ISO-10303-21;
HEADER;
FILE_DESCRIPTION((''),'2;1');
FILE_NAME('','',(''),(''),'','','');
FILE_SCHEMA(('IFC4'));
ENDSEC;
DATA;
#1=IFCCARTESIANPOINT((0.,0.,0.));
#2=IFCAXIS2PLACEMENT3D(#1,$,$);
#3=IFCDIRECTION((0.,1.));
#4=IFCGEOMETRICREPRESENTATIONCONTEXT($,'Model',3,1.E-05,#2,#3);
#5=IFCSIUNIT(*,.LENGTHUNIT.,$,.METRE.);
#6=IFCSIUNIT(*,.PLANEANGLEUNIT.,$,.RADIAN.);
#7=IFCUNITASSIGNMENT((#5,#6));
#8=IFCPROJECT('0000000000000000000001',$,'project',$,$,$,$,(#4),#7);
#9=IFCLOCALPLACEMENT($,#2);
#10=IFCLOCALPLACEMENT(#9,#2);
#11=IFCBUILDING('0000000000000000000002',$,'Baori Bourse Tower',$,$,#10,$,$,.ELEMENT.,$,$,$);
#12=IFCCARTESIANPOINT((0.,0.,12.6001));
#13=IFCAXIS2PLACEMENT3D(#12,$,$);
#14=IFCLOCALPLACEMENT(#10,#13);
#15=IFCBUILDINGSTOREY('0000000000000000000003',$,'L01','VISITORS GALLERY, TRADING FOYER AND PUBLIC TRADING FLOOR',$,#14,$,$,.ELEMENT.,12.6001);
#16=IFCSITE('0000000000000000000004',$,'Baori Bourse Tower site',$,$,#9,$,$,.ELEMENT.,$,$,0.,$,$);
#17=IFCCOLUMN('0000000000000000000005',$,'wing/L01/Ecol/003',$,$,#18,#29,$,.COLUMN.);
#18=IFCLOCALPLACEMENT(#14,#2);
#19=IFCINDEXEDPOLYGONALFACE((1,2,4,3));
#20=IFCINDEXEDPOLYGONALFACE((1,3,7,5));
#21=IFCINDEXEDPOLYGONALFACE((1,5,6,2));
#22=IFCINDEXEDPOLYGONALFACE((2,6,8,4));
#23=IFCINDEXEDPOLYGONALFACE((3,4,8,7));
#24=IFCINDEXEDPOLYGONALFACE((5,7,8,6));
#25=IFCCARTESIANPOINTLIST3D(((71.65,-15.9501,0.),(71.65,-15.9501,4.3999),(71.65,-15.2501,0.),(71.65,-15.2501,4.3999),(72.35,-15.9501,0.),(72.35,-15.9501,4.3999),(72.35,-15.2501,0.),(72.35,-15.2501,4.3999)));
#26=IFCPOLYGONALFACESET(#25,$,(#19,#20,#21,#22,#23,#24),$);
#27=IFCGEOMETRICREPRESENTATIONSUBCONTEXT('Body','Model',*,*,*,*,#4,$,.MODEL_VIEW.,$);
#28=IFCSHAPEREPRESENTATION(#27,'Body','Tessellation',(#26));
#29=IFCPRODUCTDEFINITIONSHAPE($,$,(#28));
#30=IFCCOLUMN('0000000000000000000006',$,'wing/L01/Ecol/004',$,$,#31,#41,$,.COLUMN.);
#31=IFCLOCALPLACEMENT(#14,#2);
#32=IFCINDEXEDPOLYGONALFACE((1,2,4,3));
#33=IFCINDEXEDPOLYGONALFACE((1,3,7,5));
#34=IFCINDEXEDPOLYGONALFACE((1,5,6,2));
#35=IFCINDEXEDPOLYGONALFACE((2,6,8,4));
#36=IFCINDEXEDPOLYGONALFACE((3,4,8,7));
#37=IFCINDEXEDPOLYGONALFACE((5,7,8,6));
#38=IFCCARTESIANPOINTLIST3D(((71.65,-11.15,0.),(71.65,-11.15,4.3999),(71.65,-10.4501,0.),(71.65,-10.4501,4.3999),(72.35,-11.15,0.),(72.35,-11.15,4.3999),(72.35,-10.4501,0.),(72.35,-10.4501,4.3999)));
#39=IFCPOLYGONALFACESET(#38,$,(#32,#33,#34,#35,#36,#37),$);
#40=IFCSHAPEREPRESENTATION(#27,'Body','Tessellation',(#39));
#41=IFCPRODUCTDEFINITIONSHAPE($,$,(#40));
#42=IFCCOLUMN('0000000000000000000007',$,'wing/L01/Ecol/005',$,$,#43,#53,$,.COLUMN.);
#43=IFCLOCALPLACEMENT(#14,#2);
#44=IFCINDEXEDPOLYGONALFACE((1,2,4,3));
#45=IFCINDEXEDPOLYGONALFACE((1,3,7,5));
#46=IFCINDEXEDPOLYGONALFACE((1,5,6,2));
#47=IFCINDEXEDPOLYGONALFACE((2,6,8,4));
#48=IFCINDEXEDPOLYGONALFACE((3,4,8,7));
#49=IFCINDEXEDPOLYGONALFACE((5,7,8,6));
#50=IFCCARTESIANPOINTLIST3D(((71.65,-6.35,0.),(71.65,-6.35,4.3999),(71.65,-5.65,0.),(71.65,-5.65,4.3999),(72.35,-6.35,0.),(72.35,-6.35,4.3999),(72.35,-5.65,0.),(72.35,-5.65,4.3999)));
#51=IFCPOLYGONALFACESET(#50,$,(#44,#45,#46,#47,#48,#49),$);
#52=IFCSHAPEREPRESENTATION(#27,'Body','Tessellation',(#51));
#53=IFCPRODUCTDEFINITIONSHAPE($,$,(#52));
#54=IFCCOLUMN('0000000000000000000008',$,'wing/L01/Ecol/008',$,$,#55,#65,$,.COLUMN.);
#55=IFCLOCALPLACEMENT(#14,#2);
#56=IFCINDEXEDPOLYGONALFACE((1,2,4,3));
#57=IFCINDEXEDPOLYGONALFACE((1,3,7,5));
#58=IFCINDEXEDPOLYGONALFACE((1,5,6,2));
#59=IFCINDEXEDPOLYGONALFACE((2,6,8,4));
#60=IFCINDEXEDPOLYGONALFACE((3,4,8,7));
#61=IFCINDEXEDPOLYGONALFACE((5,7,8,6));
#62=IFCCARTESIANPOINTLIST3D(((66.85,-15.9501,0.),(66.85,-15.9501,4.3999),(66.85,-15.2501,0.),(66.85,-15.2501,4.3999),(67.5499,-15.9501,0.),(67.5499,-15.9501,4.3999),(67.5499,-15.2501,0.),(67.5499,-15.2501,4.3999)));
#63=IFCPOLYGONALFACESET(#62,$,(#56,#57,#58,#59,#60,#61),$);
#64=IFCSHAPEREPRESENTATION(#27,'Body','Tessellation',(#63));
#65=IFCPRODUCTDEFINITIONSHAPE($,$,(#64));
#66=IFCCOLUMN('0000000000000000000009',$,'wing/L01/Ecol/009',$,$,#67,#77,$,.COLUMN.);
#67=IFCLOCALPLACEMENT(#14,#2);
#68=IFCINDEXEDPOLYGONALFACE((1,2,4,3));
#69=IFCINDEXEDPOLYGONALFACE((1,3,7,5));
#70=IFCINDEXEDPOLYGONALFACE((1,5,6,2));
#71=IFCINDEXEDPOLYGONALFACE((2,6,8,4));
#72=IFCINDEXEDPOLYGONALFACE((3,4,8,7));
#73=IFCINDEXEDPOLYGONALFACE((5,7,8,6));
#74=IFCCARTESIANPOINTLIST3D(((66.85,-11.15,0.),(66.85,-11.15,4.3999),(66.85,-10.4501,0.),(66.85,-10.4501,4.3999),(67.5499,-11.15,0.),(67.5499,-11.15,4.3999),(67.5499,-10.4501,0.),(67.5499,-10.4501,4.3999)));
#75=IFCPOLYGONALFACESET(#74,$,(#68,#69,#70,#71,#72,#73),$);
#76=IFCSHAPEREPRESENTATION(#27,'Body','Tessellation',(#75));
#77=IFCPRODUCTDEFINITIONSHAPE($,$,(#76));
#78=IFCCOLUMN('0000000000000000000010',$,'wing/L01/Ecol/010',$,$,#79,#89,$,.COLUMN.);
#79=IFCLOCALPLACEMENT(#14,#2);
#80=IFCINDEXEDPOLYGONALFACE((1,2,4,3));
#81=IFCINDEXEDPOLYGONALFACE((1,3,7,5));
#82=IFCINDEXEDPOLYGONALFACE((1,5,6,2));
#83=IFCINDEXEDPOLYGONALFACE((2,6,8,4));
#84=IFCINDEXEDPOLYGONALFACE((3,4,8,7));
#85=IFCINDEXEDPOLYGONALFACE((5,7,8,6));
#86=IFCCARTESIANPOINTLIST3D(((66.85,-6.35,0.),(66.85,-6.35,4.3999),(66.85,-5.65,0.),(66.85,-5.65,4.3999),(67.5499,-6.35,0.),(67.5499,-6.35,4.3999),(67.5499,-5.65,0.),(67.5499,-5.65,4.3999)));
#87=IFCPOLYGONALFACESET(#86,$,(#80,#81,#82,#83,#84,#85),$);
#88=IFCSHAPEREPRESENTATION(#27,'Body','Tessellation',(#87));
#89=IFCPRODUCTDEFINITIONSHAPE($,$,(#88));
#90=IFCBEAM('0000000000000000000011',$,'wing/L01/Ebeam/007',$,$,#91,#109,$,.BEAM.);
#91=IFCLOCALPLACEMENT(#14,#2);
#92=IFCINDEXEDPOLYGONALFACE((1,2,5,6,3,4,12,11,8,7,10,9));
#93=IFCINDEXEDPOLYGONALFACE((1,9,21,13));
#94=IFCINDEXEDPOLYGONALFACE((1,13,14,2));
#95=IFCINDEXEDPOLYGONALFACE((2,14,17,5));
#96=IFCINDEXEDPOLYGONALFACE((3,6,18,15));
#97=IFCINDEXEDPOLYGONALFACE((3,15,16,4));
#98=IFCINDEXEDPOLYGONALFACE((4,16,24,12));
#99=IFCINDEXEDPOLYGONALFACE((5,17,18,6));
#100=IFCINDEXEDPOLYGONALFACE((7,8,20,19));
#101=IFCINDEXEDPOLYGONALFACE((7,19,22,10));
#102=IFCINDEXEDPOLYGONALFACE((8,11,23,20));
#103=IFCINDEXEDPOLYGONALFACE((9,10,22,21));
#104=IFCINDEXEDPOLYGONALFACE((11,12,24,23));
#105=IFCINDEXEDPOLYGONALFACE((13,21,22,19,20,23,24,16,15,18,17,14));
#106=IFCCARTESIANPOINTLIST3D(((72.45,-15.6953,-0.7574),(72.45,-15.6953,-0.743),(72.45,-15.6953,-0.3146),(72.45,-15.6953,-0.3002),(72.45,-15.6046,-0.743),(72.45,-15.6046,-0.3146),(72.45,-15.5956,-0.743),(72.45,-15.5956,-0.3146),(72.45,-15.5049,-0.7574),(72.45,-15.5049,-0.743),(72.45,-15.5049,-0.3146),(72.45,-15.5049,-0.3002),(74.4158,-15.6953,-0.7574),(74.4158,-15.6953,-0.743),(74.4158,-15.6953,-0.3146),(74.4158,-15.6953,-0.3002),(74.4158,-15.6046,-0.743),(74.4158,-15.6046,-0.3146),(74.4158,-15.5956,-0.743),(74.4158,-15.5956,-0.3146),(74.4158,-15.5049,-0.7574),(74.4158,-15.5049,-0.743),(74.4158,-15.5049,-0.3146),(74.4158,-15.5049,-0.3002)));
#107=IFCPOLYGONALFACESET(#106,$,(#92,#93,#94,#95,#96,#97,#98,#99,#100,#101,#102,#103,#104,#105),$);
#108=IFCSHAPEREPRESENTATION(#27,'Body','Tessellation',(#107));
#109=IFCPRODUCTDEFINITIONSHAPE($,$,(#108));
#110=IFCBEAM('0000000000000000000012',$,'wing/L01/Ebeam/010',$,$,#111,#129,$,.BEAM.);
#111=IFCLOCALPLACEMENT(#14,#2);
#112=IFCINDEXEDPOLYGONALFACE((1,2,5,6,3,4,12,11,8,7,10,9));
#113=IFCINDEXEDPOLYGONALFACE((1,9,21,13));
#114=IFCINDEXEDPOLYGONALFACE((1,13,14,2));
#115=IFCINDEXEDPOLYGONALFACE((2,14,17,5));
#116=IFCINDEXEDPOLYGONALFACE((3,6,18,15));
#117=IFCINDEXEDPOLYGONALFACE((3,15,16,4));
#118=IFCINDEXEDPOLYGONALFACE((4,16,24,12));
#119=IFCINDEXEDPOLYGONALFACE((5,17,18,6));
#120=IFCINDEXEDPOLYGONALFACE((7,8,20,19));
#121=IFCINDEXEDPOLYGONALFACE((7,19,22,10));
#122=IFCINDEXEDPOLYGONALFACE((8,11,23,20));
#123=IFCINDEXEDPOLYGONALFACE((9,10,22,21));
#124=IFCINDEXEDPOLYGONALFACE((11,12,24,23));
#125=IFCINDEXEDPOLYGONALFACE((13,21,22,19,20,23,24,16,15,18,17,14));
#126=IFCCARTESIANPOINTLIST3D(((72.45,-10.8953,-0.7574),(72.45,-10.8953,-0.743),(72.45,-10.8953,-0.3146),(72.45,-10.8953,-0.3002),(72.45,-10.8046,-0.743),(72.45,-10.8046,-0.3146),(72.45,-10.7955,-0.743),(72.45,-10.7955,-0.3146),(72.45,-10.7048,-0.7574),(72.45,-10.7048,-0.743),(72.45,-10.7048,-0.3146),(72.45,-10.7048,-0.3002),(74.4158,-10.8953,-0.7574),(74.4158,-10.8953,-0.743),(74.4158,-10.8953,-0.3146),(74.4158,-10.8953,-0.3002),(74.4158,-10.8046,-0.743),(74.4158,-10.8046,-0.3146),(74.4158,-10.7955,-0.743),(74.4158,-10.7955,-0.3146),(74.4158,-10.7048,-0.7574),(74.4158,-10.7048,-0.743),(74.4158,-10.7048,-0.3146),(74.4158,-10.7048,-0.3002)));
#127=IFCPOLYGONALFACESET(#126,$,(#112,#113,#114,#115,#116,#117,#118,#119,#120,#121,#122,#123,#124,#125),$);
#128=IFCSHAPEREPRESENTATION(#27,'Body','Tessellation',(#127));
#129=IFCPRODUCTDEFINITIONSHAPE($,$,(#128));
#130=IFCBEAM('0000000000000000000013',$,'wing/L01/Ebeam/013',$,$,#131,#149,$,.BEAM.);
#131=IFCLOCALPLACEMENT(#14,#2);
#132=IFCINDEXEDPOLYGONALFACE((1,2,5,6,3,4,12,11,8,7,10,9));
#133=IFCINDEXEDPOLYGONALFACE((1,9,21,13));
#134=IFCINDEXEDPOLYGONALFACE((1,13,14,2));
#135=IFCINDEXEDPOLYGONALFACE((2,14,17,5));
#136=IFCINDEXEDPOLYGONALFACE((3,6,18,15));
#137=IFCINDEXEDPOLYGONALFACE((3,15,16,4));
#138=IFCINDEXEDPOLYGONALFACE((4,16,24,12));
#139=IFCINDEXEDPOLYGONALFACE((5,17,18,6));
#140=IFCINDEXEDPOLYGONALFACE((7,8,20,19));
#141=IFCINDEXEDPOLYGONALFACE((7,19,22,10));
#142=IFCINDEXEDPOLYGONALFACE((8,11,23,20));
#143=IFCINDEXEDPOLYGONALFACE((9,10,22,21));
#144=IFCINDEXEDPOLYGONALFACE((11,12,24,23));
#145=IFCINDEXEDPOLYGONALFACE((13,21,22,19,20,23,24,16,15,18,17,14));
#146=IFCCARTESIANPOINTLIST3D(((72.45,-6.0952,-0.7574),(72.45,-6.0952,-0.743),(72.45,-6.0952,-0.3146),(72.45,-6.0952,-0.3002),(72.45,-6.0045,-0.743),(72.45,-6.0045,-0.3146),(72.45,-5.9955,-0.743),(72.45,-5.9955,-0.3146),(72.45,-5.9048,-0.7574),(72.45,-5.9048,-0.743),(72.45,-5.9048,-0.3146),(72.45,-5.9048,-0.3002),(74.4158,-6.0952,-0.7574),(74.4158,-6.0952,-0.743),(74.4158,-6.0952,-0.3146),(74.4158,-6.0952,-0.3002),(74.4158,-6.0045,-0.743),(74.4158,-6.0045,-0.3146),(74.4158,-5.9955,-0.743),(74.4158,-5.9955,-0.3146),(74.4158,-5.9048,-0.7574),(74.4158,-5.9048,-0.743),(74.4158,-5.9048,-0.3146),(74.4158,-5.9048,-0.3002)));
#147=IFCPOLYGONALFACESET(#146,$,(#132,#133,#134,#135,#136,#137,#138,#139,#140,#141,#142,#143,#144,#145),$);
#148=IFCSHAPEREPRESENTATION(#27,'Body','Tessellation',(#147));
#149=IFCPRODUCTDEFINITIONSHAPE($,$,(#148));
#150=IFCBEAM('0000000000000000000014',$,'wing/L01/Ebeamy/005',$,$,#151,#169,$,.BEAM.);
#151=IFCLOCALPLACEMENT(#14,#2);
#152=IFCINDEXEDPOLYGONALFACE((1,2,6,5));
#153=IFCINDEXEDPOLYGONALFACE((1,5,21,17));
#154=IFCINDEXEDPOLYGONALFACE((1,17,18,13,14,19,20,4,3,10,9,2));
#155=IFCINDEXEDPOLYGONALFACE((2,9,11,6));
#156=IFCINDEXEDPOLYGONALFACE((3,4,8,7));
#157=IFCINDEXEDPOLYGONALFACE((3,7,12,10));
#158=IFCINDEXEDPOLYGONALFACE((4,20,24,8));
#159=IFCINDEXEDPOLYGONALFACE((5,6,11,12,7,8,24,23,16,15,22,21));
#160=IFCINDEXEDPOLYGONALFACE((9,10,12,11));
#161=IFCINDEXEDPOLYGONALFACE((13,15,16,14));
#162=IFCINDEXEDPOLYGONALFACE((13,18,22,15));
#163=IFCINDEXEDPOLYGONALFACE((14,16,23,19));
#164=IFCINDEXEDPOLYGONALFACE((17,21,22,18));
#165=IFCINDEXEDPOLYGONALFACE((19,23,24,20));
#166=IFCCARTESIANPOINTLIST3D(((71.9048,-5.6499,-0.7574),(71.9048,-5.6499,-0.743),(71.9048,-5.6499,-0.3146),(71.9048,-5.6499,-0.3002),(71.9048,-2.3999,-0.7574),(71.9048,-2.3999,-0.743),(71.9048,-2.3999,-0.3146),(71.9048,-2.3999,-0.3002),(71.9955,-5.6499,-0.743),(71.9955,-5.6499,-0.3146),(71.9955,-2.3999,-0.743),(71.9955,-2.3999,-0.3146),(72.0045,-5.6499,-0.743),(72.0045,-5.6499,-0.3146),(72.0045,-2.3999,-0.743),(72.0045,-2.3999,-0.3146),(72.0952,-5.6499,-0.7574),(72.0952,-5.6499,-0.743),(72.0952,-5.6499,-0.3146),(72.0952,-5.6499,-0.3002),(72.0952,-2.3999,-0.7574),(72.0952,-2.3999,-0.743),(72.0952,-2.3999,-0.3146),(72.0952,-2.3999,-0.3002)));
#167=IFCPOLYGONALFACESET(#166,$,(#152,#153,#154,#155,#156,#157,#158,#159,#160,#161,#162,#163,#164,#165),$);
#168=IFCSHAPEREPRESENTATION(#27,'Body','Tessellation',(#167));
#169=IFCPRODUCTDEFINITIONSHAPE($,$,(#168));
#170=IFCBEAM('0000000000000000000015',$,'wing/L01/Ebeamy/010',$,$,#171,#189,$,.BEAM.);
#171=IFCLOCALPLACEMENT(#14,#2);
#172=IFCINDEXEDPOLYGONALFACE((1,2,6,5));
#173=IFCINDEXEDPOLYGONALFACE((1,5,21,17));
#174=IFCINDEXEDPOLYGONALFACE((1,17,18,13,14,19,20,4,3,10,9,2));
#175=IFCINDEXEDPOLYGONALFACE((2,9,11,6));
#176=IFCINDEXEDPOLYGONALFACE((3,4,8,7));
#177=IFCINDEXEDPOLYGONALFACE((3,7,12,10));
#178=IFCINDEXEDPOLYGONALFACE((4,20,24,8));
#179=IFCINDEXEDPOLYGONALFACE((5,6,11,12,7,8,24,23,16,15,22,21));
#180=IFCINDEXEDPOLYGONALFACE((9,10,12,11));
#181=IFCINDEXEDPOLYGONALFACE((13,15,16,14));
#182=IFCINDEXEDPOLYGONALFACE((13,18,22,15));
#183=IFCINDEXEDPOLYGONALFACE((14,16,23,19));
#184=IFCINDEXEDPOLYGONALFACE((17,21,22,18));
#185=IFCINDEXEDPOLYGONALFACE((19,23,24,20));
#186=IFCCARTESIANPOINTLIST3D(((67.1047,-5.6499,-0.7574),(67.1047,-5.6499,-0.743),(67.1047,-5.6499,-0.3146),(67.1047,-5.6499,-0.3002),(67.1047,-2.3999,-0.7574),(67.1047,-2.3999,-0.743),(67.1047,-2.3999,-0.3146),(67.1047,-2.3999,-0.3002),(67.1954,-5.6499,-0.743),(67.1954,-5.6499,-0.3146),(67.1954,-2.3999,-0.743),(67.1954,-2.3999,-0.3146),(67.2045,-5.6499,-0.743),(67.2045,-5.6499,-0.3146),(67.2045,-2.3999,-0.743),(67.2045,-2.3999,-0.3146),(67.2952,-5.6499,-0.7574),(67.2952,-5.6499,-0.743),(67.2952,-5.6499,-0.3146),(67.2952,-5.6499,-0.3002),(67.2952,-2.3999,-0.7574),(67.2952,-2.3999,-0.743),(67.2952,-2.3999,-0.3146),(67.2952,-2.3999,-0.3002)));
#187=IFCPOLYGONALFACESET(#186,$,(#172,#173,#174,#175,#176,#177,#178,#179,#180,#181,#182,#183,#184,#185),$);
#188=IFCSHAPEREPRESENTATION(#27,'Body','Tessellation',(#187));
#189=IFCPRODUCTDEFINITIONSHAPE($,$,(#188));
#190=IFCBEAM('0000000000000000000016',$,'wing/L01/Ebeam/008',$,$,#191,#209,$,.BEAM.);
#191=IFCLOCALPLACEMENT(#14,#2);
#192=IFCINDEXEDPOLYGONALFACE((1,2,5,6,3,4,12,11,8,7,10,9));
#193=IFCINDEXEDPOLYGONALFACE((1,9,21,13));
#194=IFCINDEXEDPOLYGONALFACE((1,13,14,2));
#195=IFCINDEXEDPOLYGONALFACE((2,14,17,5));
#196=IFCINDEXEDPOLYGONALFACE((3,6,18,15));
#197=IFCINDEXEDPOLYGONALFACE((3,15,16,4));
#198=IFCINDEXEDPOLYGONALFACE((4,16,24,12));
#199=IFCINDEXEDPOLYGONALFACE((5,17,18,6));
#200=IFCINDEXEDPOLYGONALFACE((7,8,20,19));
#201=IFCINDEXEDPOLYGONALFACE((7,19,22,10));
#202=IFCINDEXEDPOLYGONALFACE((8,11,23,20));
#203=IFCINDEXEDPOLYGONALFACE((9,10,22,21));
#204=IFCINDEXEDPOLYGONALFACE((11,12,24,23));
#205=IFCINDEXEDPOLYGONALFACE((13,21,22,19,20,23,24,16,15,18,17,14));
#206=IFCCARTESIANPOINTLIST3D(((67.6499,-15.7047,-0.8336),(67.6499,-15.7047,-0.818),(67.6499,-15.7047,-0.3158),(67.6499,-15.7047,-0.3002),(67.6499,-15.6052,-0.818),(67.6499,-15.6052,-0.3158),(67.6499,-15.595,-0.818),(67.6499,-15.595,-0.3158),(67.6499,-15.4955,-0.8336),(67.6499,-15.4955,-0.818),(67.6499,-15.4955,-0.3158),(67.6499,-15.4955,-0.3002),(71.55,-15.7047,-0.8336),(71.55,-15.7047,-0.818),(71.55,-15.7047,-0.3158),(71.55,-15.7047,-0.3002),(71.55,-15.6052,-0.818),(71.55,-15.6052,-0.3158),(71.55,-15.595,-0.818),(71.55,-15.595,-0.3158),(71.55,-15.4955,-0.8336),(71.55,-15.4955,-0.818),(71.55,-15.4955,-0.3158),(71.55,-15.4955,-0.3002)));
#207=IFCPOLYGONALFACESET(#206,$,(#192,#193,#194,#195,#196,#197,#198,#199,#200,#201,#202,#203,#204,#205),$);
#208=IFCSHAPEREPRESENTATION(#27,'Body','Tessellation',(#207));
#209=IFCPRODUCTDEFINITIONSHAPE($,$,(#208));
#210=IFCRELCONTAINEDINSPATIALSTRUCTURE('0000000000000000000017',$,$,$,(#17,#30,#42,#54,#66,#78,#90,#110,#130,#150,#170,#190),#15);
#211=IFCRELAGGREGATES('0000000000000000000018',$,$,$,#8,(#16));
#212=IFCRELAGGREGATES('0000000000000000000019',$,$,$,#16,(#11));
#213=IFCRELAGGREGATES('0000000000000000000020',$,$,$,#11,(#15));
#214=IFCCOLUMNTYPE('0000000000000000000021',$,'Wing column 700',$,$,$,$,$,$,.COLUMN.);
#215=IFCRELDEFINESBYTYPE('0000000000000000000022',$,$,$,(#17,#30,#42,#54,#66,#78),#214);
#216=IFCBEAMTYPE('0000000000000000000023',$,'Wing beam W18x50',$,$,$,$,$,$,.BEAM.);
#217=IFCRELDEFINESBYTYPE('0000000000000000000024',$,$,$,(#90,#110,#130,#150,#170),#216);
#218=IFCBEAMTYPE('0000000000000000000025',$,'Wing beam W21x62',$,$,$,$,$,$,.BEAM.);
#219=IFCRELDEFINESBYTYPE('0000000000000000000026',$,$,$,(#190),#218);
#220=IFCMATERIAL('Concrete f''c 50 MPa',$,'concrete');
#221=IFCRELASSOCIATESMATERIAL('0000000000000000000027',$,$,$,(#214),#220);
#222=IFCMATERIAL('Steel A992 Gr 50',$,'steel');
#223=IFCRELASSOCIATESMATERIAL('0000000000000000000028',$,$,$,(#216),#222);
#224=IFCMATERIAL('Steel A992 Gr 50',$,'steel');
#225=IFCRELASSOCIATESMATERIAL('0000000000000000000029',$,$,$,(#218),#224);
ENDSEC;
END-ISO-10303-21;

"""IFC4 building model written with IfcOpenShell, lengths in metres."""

from ifc_helpers import new_model, si_unit, direction, frame, origin, origin_2d, place, context, subcontext, project, spatial, rectangle, i_section, extrude, material, material_profile, profile_set, type_object, element, save


model = new_model("IFC4")

# Units and contexts
model_context = context("Model", 3, precision=1e-05, world=origin(), true_north=direction((0.0, 1.0)))
body_context = subcontext(model_context, "Body", "Model", "MODEL_VIEW")
ifc_project = project(units=[si_unit("LENGTHUNIT", "METRE"), si_unit("PLANEANGLEUNIT", "RADIAN")], contexts=[model_context])

# Site, building, storey
site_placement = place(None, origin())
site = spatial("IfcSite", under=ifc_project, at=site_placement, Name="Baori Bourse Tower site", CompositionType="ELEMENT", RefElevation=0.0)
building_placement = place(site_placement, origin())
building = spatial("IfcBuilding", under=site, at=building_placement, Name="Baori Bourse Tower", CompositionType="ELEMENT")
storey_placement = place(building_placement, frame((0.0, 0.0, 12.6001)))
storey = spatial("IfcBuildingStorey", under=building, at=storey_placement, Name="L01", Description="VISITORS GALLERY, TRADING FOYER AND PUBLIC TRADING FLOOR", CompositionType="ELEMENT", Elevation=12.6001)

# Columns
ifc_material_1 = material(Name="Concrete f'c 50 MPa", Category="concrete")
ifc_material_profile_1 = material_profile(ifc_material_1, rectangle(XDim=0.7, YDim=0.7, at=origin_2d()), Name="Wing column 700")
ifc_profile_set_1 = profile_set([ifc_material_profile_1], Name="Concrete f'c 50 MPa")
column_type = type_object("IfcColumnType", Name="Wing column 700", PredefinedType="COLUMN", material=ifc_profile_set_1)
for number, where, z_axis, x_axis, name in (
    (1, (72.0, -15.6001, 0.0), (0.0, 0.0, 1.0), (1.0, 0.0, 0.0), "wing/L01/Ecol/003"),
    (2, (72.0, -10.8, 0.0), (0.0, 0.0, 1.0), (1.0, 0.0, 0.0), "wing/L01/Ecol/004"),
    (3, (72.0, -6.0, 0.0), (0.0, 0.0, 1.0), (1.0, 0.0, 0.0), "wing/L01/Ecol/005"),
    (4, (67.2, -15.6001, 0.0), (0.0, 0.0, 1.0), (1.0, 0.0, 0.0), "wing/L01/Ecol/008"),
    (5, (67.2, -10.8, 0.0), (0.0, 0.0, 1.0), (1.0, 0.0, 0.0), "wing/L01/Ecol/009"),
    (6, (67.2, -6.0, 0.0), (0.0, 0.0, 1.0), (1.0, 0.0, 0.0), "wing/L01/Ecol/010"),
):
    element("IfcColumn", number, at=place(storey_placement, frame(where, z_axis=z_axis, x_axis=x_axis)), inside=storey, type_object=column_type, Name=name, PredefinedType="COLUMN", context=body_context, shape_type="SweptSolid", body=[
        extrude(rectangle(XDim=0.7, YDim=0.7, at=origin_2d()), origin(), (0.0, 0.0, 1.0), 4.3999),
    ])

# Beams
ifc_material_2 = material(Name="Steel A992 Gr 50", Category="steel")
ifc_material_profile_2 = material_profile(ifc_material_2, i_section(OverallWidth=0.1904, OverallDepth=0.4573, WebThickness=0.009, FlangeThickness=0.0144, at=origin_2d()), Name="W18x50")
ifc_profile_set_2 = profile_set([ifc_material_profile_2], Name="Steel A992 Gr 50")
beam_type_1 = type_object("IfcBeamType", Name="Wing beam W18x50", PredefinedType="BEAM", material=ifc_profile_set_2)
for number, where, z_axis, x_axis, name in (
    (7, (74.4158, -15.6001, -0.5288), (-1.0, 0.0, 0.0), (0.0, -1.0, 0.0), "wing/L01/Ebeam/007"),
    (8, (74.4158, -10.8, -0.5288), (-1.0, 0.0, 0.0), (0.0, -1.0, 0.0), "wing/L01/Ebeam/010"),
    (9, (74.4158, -6.0, -0.5288), (-1.0, 0.0, 0.0), (0.0, -1.0, 0.0), "wing/L01/Ebeam/013"),
):
    element("IfcBeam", number, at=place(storey_placement, frame(where, z_axis=z_axis, x_axis=x_axis)), inside=storey, type_object=beam_type_1, Name=name, PredefinedType="BEAM", context=body_context, shape_type="SweptSolid", body=[
        extrude(i_section(OverallWidth=0.1904, OverallDepth=0.4573, WebThickness=0.009, FlangeThickness=0.0144, at=origin_2d()), origin(), (0.0, 0.0, 1.0), 1.9658),
    ])
for number, where, z_axis, x_axis, name in (
    (10, (72.0, -5.6499, -0.5288), (0.0, 1.0, 0.0), (-1.0, 0.0, 0.0), "wing/L01/Ebeamy/005"),
    (11, (67.2, -5.6499, -0.5288), (0.0, 1.0, 0.0), (-1.0, 0.0, 0.0), "wing/L01/Ebeamy/010"),
):
    element("IfcBeam", number, at=place(storey_placement, frame(where, z_axis=z_axis, x_axis=x_axis)), inside=storey, type_object=beam_type_1, Name=name, PredefinedType="BEAM", context=body_context, shape_type="SweptSolid", body=[
        extrude(i_section(OverallWidth=0.1904, OverallDepth=0.4573, WebThickness=0.009, FlangeThickness=0.0144, at=origin_2d()), origin(), (0.0, 0.0, 1.0), 3.25),
    ])
ifc_material_3 = material(Name="Steel A992 Gr 50", Category="steel")
ifc_material_profile_3 = material_profile(ifc_material_3, i_section(OverallWidth=0.2092, OverallDepth=0.5334, WebThickness=0.0103, FlangeThickness=0.0156, at=origin_2d()), Name="W21x62")
ifc_profile_set_3 = profile_set([ifc_material_profile_3], Name="Steel A992 Gr 50")
beam_type_2 = type_object("IfcBeamType", Name="Wing beam W21x62", PredefinedType="BEAM", material=ifc_profile_set_3)
for number, where, z_axis, x_axis, name in (
    (12, (71.55, -15.6001, -0.5669), (-1.0, 0.0, 0.0), (0.0, -1.0, 0.0), "wing/L01/Ebeam/008"),
):
    element("IfcBeam", number, at=place(storey_placement, frame(where, z_axis=z_axis, x_axis=x_axis)), inside=storey, type_object=beam_type_2, Name=name, PredefinedType="BEAM", context=body_context, shape_type="SweptSolid", body=[
        extrude(i_section(OverallWidth=0.2092, OverallDepth=0.5334, WebThickness=0.0103, FlangeThickness=0.0156, at=origin_2d()), origin(), (0.0, 0.0, 1.0), 3.9001),
    ])

save(model, "model.ifc")
